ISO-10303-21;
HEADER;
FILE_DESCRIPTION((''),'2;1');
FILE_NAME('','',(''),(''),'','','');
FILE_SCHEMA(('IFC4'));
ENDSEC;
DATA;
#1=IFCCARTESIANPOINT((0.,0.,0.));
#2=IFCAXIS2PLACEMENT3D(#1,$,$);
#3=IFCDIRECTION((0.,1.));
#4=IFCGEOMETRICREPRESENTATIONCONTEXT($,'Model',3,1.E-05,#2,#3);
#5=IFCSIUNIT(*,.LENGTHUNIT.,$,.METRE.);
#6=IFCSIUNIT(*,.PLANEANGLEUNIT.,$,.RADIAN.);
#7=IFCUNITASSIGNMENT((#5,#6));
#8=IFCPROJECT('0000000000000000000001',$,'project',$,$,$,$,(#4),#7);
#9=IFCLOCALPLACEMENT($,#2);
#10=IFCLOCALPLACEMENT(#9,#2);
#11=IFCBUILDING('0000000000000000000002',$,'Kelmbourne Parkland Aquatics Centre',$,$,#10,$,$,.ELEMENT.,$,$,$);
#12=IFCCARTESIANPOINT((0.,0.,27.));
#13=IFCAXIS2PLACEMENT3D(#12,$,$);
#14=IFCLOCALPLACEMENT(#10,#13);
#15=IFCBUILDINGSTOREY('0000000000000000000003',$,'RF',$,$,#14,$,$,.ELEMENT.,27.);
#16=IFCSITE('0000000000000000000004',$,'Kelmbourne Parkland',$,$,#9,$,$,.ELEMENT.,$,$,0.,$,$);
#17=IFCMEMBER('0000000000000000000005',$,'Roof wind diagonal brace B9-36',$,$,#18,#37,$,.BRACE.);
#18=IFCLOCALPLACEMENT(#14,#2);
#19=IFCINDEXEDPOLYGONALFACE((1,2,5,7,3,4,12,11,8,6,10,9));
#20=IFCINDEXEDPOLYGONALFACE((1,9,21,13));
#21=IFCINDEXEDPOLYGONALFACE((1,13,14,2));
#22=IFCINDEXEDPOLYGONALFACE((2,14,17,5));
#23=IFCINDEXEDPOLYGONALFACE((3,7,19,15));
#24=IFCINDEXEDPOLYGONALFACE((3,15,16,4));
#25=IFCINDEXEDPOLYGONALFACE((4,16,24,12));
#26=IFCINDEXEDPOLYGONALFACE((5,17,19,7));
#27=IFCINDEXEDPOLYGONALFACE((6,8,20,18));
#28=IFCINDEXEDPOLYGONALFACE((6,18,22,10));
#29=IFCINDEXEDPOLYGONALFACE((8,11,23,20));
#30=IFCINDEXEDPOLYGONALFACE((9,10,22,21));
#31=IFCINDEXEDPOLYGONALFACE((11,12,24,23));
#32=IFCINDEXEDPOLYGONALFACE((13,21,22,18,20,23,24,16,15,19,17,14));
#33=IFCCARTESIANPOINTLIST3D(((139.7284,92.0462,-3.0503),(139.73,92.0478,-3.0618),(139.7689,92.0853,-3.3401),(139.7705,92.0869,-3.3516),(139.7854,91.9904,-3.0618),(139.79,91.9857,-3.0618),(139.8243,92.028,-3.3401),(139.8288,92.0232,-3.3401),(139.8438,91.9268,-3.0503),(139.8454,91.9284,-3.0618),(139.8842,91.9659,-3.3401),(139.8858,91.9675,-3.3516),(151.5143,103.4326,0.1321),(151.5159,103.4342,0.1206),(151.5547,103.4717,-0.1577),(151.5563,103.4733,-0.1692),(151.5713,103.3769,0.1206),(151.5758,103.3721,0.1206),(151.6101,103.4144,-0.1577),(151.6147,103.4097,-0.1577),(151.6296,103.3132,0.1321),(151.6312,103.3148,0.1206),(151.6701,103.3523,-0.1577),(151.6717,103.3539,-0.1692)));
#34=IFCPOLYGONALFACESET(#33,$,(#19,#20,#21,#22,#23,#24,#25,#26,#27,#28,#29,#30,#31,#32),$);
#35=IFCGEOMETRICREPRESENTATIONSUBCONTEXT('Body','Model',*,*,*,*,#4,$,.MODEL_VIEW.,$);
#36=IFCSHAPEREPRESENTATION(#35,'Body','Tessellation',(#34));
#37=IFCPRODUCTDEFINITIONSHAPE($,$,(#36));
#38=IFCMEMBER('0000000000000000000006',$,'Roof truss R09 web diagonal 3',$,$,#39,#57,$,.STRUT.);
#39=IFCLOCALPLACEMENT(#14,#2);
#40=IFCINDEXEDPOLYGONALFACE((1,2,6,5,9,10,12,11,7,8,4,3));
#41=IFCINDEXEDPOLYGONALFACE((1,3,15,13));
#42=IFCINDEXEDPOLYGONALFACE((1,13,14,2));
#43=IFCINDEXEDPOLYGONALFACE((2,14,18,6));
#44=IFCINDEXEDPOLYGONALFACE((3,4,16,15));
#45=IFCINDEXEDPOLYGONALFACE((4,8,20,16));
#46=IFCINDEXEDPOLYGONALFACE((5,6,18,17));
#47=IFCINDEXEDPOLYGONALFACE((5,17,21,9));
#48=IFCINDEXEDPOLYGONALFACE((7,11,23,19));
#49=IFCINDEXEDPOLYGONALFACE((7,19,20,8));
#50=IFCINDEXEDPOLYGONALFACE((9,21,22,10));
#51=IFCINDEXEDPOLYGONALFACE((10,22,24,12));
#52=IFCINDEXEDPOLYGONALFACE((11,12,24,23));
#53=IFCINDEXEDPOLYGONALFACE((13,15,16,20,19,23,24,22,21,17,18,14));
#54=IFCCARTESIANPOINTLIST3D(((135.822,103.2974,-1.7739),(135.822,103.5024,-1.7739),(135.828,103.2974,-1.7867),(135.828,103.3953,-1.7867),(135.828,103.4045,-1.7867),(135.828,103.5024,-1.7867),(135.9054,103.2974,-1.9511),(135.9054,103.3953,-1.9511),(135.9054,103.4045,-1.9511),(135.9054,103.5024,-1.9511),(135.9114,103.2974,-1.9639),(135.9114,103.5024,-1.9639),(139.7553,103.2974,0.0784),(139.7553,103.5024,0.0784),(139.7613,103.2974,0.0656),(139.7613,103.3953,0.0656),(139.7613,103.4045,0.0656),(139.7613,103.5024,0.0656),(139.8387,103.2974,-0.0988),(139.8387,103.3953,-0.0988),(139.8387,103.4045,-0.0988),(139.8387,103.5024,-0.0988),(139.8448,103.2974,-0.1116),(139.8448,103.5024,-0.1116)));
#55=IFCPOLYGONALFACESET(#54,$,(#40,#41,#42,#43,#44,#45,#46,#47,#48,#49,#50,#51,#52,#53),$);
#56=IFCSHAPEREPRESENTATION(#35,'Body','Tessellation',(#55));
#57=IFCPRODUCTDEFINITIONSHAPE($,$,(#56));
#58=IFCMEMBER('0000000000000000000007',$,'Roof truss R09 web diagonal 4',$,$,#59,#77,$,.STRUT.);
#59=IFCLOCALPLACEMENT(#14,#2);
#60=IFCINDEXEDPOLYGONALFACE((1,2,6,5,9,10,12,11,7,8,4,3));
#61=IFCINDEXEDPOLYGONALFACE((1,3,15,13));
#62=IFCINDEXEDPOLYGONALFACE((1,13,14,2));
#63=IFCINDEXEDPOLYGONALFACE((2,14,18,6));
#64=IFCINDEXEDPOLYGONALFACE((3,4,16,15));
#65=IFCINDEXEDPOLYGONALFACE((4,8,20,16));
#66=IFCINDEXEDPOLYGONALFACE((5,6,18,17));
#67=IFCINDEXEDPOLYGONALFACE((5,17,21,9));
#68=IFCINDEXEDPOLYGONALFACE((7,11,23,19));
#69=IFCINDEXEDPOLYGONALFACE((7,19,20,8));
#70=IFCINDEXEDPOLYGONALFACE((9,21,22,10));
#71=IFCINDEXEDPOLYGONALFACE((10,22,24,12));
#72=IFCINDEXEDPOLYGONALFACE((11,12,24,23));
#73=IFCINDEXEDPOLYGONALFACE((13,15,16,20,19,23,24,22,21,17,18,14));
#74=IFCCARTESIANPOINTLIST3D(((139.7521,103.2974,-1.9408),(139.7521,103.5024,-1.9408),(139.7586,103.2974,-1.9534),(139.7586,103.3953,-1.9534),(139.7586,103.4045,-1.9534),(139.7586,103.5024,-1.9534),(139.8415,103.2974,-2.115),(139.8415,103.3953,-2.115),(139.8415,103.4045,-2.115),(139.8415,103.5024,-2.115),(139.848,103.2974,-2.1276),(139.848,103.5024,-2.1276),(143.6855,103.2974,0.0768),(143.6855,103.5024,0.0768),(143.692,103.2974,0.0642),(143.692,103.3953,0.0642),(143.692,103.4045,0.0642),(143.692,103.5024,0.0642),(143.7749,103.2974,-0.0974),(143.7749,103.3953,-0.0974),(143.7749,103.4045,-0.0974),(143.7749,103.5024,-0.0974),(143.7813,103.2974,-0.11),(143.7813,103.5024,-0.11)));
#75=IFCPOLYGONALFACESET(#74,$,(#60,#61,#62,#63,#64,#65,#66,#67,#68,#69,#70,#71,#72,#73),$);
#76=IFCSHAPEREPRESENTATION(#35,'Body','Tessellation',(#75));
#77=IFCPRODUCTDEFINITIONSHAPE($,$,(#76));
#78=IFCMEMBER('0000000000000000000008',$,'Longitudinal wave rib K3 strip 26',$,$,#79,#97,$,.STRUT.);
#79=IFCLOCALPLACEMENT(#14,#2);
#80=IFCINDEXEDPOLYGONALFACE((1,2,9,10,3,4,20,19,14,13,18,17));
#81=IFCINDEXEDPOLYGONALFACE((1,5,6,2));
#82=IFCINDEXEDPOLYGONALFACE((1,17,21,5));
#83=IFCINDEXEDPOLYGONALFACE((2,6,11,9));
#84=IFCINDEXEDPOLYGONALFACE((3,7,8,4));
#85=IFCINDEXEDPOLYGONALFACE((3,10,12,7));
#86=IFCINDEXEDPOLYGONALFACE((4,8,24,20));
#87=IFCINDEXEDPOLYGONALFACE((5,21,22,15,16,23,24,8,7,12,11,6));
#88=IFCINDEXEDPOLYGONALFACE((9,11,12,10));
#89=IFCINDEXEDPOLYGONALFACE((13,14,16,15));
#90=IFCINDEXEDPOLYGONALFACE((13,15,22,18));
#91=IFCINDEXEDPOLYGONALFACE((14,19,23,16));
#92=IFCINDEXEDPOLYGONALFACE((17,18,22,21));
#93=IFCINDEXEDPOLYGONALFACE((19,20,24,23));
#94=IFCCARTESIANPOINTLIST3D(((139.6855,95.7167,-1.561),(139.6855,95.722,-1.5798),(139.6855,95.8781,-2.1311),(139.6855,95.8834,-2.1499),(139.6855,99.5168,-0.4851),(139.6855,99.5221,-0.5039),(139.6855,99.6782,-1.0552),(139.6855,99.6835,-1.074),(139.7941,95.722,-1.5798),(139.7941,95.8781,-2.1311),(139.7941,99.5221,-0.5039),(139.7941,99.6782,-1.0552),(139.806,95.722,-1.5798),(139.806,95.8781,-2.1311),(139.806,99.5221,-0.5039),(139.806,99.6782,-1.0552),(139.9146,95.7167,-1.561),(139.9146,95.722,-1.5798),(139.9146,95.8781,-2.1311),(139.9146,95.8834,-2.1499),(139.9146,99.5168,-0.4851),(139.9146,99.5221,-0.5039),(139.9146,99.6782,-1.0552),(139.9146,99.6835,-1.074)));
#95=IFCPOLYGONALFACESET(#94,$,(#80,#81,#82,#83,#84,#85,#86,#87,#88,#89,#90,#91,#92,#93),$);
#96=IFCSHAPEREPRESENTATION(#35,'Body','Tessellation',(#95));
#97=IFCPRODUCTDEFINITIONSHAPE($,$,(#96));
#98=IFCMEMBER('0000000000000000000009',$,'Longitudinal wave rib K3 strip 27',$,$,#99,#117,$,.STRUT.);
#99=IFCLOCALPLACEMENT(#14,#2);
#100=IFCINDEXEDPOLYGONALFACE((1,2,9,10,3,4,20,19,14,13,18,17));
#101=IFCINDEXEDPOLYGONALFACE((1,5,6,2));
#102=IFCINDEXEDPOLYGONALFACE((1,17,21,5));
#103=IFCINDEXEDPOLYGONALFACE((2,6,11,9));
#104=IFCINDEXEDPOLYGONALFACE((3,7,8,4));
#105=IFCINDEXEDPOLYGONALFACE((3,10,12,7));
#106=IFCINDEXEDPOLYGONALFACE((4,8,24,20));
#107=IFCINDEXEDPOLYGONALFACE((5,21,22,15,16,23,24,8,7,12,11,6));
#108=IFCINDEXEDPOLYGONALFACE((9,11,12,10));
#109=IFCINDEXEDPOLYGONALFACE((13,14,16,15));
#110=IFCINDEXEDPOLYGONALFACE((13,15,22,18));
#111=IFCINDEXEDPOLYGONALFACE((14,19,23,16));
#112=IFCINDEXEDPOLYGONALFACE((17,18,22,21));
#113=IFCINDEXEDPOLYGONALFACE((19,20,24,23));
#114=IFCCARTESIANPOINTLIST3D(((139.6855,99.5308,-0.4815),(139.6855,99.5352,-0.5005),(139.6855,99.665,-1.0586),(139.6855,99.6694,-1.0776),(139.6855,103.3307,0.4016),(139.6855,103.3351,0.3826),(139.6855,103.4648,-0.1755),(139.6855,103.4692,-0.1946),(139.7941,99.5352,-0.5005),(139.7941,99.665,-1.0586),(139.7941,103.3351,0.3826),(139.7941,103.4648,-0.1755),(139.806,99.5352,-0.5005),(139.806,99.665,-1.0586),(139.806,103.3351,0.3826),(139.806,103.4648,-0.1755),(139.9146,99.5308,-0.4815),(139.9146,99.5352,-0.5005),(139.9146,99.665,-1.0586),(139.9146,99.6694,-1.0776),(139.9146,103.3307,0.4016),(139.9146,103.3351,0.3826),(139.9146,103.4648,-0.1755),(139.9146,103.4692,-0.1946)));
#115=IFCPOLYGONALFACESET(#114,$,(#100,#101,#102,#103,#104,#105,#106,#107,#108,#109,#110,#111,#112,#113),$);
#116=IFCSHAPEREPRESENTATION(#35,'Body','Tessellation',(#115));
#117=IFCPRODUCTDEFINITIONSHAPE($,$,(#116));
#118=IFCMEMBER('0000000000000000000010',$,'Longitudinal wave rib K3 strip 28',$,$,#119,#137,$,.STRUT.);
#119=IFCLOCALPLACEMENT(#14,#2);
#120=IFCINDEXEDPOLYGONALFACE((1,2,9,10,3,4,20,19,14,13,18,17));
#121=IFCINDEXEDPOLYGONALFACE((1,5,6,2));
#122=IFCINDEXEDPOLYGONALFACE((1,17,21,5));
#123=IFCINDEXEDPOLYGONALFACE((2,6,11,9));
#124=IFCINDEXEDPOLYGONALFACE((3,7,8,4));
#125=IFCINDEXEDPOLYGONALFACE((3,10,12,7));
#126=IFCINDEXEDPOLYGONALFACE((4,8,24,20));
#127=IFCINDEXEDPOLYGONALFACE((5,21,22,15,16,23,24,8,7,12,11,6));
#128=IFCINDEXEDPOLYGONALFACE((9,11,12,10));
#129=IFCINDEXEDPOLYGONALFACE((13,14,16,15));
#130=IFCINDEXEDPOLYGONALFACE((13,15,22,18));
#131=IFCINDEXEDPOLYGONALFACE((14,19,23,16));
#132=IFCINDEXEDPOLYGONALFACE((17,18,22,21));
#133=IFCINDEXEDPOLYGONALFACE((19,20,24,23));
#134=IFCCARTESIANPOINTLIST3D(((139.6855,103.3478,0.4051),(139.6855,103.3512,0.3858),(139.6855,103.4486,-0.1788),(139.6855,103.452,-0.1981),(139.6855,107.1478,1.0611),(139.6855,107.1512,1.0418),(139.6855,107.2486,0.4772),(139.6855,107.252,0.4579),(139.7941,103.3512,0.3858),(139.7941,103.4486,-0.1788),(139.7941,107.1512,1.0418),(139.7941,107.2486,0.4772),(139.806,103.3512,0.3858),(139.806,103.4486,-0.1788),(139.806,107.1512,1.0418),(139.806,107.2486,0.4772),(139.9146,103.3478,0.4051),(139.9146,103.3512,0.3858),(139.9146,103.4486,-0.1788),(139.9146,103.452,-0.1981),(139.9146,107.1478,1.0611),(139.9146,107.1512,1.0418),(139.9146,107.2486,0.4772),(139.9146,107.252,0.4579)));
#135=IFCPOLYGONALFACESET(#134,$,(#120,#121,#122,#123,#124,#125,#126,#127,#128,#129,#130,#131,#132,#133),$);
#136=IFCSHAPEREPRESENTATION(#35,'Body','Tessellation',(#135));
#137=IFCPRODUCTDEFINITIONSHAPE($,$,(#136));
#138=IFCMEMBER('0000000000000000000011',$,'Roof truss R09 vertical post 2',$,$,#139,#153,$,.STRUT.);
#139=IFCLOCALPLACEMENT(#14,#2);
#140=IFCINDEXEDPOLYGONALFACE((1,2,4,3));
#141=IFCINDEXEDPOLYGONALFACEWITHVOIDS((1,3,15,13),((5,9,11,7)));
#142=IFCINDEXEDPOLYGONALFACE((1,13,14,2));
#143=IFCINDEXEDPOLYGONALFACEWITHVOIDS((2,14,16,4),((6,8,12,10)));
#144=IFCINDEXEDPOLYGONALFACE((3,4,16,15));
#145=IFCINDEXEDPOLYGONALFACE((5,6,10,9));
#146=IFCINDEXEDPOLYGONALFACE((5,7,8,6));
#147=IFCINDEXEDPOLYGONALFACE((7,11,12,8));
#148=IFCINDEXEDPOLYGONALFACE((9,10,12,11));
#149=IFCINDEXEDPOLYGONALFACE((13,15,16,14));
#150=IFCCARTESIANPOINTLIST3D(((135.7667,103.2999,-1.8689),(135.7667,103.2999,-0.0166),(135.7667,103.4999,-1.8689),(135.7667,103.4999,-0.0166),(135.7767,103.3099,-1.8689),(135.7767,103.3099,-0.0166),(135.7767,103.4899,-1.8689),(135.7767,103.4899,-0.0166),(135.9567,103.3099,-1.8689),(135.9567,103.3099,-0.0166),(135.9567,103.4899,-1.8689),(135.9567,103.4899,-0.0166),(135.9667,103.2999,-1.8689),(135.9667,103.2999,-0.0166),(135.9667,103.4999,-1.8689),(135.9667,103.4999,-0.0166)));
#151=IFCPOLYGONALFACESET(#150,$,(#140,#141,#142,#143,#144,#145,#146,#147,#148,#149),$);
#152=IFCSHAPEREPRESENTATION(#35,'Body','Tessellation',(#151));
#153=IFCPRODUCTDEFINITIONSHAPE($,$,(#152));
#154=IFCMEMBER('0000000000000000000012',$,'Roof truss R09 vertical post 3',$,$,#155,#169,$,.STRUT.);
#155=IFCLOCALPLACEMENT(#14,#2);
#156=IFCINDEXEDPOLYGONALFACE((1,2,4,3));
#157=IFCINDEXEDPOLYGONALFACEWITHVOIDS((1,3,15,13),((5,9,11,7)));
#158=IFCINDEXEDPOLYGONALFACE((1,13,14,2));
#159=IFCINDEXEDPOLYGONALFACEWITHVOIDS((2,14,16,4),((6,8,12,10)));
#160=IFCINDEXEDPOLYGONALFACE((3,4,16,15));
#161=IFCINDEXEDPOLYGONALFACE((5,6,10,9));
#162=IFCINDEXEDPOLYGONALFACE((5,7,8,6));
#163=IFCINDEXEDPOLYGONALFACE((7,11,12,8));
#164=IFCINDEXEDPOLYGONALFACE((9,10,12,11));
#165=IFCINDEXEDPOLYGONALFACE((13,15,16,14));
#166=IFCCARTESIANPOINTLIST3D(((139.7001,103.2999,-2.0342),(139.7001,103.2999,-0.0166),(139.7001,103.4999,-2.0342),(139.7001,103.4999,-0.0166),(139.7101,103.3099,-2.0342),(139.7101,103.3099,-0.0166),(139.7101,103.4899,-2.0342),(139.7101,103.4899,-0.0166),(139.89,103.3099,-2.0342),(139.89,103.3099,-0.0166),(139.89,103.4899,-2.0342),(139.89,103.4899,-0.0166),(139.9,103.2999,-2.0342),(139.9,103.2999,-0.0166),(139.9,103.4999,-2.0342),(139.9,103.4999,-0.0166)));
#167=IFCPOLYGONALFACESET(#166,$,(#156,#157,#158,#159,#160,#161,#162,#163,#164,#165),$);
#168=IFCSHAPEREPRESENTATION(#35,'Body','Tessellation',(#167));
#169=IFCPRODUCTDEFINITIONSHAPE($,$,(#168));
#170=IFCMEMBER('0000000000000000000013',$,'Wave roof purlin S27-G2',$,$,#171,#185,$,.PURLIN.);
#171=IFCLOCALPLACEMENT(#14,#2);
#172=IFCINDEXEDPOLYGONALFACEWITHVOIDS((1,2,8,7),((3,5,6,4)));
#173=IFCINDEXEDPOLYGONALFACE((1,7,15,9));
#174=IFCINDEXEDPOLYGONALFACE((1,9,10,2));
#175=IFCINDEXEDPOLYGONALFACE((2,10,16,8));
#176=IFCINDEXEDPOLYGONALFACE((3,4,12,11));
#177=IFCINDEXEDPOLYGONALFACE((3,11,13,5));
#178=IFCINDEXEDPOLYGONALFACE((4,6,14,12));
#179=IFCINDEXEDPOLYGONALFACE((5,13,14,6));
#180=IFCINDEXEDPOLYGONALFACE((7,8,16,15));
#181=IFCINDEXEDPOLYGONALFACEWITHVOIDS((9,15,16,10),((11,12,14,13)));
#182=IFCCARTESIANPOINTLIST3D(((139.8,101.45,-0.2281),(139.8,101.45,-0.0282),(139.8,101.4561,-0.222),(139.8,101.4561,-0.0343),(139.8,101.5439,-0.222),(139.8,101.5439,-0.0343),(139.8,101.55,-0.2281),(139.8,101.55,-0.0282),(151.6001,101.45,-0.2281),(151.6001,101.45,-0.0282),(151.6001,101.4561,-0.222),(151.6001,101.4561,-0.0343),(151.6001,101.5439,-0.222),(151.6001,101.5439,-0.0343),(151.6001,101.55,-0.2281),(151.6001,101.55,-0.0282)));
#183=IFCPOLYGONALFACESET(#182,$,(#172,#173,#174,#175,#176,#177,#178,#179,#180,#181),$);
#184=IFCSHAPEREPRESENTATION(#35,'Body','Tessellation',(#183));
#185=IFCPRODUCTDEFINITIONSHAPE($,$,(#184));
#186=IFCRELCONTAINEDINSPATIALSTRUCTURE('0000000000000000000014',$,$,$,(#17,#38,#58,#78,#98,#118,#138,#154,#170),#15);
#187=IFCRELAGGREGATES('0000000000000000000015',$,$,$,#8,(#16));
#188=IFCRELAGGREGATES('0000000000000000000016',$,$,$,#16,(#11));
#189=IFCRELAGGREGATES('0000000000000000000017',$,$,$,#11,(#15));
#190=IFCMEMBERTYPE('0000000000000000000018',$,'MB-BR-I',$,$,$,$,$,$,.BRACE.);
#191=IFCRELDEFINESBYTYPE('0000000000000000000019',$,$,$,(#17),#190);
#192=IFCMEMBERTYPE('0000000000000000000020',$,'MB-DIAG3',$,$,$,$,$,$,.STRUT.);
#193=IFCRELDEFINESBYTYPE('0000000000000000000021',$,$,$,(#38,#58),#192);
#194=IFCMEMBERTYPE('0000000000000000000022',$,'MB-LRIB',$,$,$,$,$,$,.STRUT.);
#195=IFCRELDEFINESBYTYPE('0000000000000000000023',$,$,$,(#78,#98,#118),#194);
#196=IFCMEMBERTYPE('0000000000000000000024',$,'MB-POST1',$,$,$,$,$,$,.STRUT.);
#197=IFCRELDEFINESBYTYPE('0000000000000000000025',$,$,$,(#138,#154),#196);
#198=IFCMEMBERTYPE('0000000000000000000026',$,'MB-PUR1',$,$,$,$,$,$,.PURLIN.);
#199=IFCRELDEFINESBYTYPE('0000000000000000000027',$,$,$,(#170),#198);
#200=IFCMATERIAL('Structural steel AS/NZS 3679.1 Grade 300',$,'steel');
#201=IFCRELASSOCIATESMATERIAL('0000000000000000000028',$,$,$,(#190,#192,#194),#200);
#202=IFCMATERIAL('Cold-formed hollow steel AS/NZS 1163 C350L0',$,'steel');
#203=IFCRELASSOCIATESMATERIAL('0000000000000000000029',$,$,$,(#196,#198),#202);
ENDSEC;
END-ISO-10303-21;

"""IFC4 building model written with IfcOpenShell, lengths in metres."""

from ifc_helpers import new_model, si_unit, direction, frame, origin, origin_2d, place, context, subcontext, project, spatial, hollow_rectangle, i_section, extrude, material, material_profile, profile_set, type_object, element, save


model = new_model("IFC4")

# Units and contexts
model_context = context("Model", 3, precision=1e-05, world=origin(), true_north=direction((0.0, 1.0)))
body_context = subcontext(model_context, "Body", "Model", "MODEL_VIEW")
ifc_project = project(units=[si_unit("LENGTHUNIT", "METRE"), si_unit("PLANEANGLEUNIT", "RADIAN")], contexts=[model_context])

# Site, building, storey
site_placement = place(None, origin())
site = spatial("IfcSite", under=ifc_project, at=site_placement, Name="Kelmbourne Parkland", CompositionType="ELEMENT", RefElevation=0.0)
building_placement = place(site_placement, origin())
building = spatial("IfcBuilding", under=site, at=building_placement, Name="Kelmbourne Parkland Aquatics Centre", CompositionType="ELEMENT")
storey_placement = place(building_placement, frame((0.0, 0.0, 27.0)))
storey = spatial("IfcBuildingStorey", under=building, at=storey_placement, Name="RF", CompositionType="ELEMENT", Elevation=27.0)

# Members
ifc_material_1 = material(Name="Structural steel AS/NZS 3679.1 Grade 300", Category="steel")
ifc_material_profile_1 = material_profile(ifc_material_1, i_section(OverallWidth=0.166, OverallDepth=0.3069, WebThickness=0.0066, FlangeThickness=0.0117, at=origin_2d()), Name="310UB46.2")
ifc_profile_set_1 = profile_set([ifc_material_profile_1], Name="Structural steel AS/NZS 3679.1 Grade 300")
member_type_1 = type_object("IfcMemberType", Name="MB-BR-I", PredefinedType="BRACE", material=ifc_profile_set_1)
member_1_placement = place(storey_placement, frame((139.8071, 92.0068, -3.2009), z_axis=(0.705999, 0.682074, 0.190631), x_axis=(-0.694815, 0.719188, 0.0)))
element("IfcMember", 1, at=member_1_placement, inside=storey, type_object=member_type_1, Name="Roof wind diagonal brace B9-36", PredefinedType="BRACE", context=body_context, shape_type="SweptSolid", body=[
    extrude(i_section(OverallWidth=0.166, OverallDepth=0.3069, WebThickness=0.0066, FlangeThickness=0.0117, at=origin_2d()), origin(), (0.0, 0.0, 1.0), 16.6938),
])
ifc_material_profile_2 = material_profile(ifc_material_1, i_section(OverallWidth=0.2051, OverallDepth=0.21, WebThickness=0.0093, FlangeThickness=0.0142, at=origin_2d()), Name="200UC59.5")
ifc_profile_set_2 = profile_set([ifc_material_profile_2], Name="Structural steel AS/NZS 3679.1 Grade 300")
member_type_2 = type_object("IfcMemberType", Name="MB-DIAG3", PredefinedType="STRUT", material=ifc_profile_set_2)
member_2_placement = place(storey_placement, frame((135.8667, 103.3999, -1.8689), z_axis=(0.904703, 0.0, 0.426043), x_axis=(0.0, 1.0, 0.0)))
element("IfcMember", 2, at=member_2_placement, inside=storey, type_object=member_type_2, Name="Roof truss R09 web diagonal 3", PredefinedType="STRUT", context=body_context, shape_type="SweptSolid", body=[
    extrude(i_section(OverallWidth=0.2051, OverallDepth=0.21, WebThickness=0.0093, FlangeThickness=0.0142, at=origin_2d()), origin(), (0.0, 0.0, 1.0), 4.3477),
])
member_3_placement = place(storey_placement, frame((139.8, 103.3999, -2.0342), z_axis=(0.889774, 0.0, 0.456402), x_axis=(0.0, 1.0, 0.0)))
element("IfcMember", 3, at=member_3_placement, inside=storey, type_object=member_type_2, Name="Roof truss R09 web diagonal 4", PredefinedType="STRUT", context=body_context, shape_type="SweptSolid", body=[
    extrude(i_section(OverallWidth=0.2051, OverallDepth=0.21, WebThickness=0.0093, FlangeThickness=0.0142, at=origin_2d()), origin(), (0.0, 0.0, 1.0), 4.4207),
])
ifc_material_profile_3 = material_profile(ifc_material_1, i_section(OverallWidth=0.229, OverallDepth=0.6121, WebThickness=0.012, FlangeThickness=0.0195, at=origin_2d()), Name="610UB125")
ifc_profile_set_3 = profile_set([ifc_material_profile_3], Name="Structural steel AS/NZS 3679.1 Grade 300")
member_type_3 = type_object("IfcMemberType", Name="MB-LRIB", PredefinedType="STRUT", material=ifc_profile_set_3)
member_4_placement = place(storey_placement, frame((139.8, 95.8, -1.8555), z_axis=(0.0, 0.962177, 0.272426), x_axis=(-1.0, 0.0, 0.0)))
element("IfcMember", 4, at=member_4_placement, inside=storey, type_object=member_type_3, Name="Longitudinal wave rib K3 strip 26", PredefinedType="STRUT", context=body_context, shape_type="SweptSolid", body=[
    extrude(i_section(OverallWidth=0.229, OverallDepth=0.6121, WebThickness=0.012, FlangeThickness=0.0195, at=origin_2d()), origin(), (0.0, 0.0, 1.0), 3.9495),
])
member_5_placement = place(storey_placement, frame((139.8, 99.6001, -0.7795), z_axis=(0.0, 0.974043, 0.226363), x_axis=(-1.0, 0.0, 0.0)))
element("IfcMember", 5, at=member_5_placement, inside=storey, type_object=member_type_3, Name="Longitudinal wave rib K3 strip 27", PredefinedType="STRUT", context=body_context, shape_type="SweptSolid", body=[
    extrude(i_section(OverallWidth=0.229, OverallDepth=0.6121, WebThickness=0.012, FlangeThickness=0.0195, at=origin_2d()), origin(), (0.0, 0.0, 1.0), 3.9011),
])
member_6_placement = place(storey_placement, frame((139.8, 103.3999, 0.1035), z_axis=(0.0, 0.985424, 0.170115), x_axis=(-1.0, 0.0, 0.0)))
element("IfcMember", 6, at=member_6_placement, inside=storey, type_object=member_type_3, Name="Longitudinal wave rib K3 strip 28", PredefinedType="STRUT", context=body_context, shape_type="SweptSolid", body=[
    extrude(i_section(OverallWidth=0.229, OverallDepth=0.6121, WebThickness=0.012, FlangeThickness=0.0195, at=origin_2d()), origin(), (0.0, 0.0, 1.0), 3.8562),
])
ifc_material_2 = material(Name="Cold-formed hollow steel AS/NZS 1163 C350L0", Category="steel")
ifc_material_profile_4 = material_profile(ifc_material_2, hollow_rectangle(XDim=0.2, YDim=0.2, WallThickness=0.01, at=origin_2d()), Name="SHS 200x200x10.0")
ifc_profile_set_4 = profile_set([ifc_material_profile_4], Name="Cold-formed hollow steel AS/NZS 1163 C350L0")
member_type_4 = type_object("IfcMemberType", Name="MB-POST1", PredefinedType="STRUT", material=ifc_profile_set_4)
member_7_placement = place(storey_placement, frame((135.8667, 103.3999, -1.8689), z_axis=(0.0, 0.0, 1.0), x_axis=(1.0, 0.0, 0.0)))
element("IfcMember", 7, at=member_7_placement, inside=storey, type_object=member_type_4, Name="Roof truss R09 vertical post 2", PredefinedType="STRUT", context=body_context, shape_type="SweptSolid", body=[
    extrude(hollow_rectangle(XDim=0.2, YDim=0.2, WallThickness=0.01, at=origin_2d()), origin(), (0.0, 0.0, 1.0), 1.8523),
])
member_8_placement = place(storey_placement, frame((139.8, 103.3999, -2.0342), z_axis=(0.0, 0.0, 1.0), x_axis=(1.0, 0.0, 0.0)))
element("IfcMember", 8, at=member_8_placement, inside=storey, type_object=member_type_4, Name="Roof truss R09 vertical post 3", PredefinedType="STRUT", context=body_context, shape_type="SweptSolid", body=[
    extrude(hollow_rectangle(XDim=0.2, YDim=0.2, WallThickness=0.01, at=origin_2d()), origin(), (0.0, 0.0, 1.0), 2.0176),
])
ifc_material_profile_5 = material_profile(ifc_material_2, hollow_rectangle(XDim=0.1001, YDim=0.2, WallThickness=0.0061, at=origin_2d()), Name="RHS 200x100x6.0")
ifc_profile_set_5 = profile_set([ifc_material_profile_5], Name="Cold-formed hollow steel AS/NZS 1163 C350L0")
member_type_5 = type_object("IfcMemberType", Name="MB-PUR1", PredefinedType="PURLIN", material=ifc_profile_set_5)
member_9_placement = place(storey_placement, frame((139.8, 101.5, -0.1282), z_axis=(1.0, 0.0, 0.0), x_axis=(0.0, 1.0, 0.0)))
element("IfcMember", 9, at=member_9_placement, inside=storey, type_object=member_type_5, Name="Wave roof purlin S27-G2", PredefinedType="PURLIN", context=body_context, shape_type="SweptSolid", body=[
    extrude(hollow_rectangle(XDim=0.1001, YDim=0.2, WallThickness=0.0061, at=origin_2d()), origin(), (0.0, 0.0, 1.0), 11.8),
])

save(model, "model.ifc")
